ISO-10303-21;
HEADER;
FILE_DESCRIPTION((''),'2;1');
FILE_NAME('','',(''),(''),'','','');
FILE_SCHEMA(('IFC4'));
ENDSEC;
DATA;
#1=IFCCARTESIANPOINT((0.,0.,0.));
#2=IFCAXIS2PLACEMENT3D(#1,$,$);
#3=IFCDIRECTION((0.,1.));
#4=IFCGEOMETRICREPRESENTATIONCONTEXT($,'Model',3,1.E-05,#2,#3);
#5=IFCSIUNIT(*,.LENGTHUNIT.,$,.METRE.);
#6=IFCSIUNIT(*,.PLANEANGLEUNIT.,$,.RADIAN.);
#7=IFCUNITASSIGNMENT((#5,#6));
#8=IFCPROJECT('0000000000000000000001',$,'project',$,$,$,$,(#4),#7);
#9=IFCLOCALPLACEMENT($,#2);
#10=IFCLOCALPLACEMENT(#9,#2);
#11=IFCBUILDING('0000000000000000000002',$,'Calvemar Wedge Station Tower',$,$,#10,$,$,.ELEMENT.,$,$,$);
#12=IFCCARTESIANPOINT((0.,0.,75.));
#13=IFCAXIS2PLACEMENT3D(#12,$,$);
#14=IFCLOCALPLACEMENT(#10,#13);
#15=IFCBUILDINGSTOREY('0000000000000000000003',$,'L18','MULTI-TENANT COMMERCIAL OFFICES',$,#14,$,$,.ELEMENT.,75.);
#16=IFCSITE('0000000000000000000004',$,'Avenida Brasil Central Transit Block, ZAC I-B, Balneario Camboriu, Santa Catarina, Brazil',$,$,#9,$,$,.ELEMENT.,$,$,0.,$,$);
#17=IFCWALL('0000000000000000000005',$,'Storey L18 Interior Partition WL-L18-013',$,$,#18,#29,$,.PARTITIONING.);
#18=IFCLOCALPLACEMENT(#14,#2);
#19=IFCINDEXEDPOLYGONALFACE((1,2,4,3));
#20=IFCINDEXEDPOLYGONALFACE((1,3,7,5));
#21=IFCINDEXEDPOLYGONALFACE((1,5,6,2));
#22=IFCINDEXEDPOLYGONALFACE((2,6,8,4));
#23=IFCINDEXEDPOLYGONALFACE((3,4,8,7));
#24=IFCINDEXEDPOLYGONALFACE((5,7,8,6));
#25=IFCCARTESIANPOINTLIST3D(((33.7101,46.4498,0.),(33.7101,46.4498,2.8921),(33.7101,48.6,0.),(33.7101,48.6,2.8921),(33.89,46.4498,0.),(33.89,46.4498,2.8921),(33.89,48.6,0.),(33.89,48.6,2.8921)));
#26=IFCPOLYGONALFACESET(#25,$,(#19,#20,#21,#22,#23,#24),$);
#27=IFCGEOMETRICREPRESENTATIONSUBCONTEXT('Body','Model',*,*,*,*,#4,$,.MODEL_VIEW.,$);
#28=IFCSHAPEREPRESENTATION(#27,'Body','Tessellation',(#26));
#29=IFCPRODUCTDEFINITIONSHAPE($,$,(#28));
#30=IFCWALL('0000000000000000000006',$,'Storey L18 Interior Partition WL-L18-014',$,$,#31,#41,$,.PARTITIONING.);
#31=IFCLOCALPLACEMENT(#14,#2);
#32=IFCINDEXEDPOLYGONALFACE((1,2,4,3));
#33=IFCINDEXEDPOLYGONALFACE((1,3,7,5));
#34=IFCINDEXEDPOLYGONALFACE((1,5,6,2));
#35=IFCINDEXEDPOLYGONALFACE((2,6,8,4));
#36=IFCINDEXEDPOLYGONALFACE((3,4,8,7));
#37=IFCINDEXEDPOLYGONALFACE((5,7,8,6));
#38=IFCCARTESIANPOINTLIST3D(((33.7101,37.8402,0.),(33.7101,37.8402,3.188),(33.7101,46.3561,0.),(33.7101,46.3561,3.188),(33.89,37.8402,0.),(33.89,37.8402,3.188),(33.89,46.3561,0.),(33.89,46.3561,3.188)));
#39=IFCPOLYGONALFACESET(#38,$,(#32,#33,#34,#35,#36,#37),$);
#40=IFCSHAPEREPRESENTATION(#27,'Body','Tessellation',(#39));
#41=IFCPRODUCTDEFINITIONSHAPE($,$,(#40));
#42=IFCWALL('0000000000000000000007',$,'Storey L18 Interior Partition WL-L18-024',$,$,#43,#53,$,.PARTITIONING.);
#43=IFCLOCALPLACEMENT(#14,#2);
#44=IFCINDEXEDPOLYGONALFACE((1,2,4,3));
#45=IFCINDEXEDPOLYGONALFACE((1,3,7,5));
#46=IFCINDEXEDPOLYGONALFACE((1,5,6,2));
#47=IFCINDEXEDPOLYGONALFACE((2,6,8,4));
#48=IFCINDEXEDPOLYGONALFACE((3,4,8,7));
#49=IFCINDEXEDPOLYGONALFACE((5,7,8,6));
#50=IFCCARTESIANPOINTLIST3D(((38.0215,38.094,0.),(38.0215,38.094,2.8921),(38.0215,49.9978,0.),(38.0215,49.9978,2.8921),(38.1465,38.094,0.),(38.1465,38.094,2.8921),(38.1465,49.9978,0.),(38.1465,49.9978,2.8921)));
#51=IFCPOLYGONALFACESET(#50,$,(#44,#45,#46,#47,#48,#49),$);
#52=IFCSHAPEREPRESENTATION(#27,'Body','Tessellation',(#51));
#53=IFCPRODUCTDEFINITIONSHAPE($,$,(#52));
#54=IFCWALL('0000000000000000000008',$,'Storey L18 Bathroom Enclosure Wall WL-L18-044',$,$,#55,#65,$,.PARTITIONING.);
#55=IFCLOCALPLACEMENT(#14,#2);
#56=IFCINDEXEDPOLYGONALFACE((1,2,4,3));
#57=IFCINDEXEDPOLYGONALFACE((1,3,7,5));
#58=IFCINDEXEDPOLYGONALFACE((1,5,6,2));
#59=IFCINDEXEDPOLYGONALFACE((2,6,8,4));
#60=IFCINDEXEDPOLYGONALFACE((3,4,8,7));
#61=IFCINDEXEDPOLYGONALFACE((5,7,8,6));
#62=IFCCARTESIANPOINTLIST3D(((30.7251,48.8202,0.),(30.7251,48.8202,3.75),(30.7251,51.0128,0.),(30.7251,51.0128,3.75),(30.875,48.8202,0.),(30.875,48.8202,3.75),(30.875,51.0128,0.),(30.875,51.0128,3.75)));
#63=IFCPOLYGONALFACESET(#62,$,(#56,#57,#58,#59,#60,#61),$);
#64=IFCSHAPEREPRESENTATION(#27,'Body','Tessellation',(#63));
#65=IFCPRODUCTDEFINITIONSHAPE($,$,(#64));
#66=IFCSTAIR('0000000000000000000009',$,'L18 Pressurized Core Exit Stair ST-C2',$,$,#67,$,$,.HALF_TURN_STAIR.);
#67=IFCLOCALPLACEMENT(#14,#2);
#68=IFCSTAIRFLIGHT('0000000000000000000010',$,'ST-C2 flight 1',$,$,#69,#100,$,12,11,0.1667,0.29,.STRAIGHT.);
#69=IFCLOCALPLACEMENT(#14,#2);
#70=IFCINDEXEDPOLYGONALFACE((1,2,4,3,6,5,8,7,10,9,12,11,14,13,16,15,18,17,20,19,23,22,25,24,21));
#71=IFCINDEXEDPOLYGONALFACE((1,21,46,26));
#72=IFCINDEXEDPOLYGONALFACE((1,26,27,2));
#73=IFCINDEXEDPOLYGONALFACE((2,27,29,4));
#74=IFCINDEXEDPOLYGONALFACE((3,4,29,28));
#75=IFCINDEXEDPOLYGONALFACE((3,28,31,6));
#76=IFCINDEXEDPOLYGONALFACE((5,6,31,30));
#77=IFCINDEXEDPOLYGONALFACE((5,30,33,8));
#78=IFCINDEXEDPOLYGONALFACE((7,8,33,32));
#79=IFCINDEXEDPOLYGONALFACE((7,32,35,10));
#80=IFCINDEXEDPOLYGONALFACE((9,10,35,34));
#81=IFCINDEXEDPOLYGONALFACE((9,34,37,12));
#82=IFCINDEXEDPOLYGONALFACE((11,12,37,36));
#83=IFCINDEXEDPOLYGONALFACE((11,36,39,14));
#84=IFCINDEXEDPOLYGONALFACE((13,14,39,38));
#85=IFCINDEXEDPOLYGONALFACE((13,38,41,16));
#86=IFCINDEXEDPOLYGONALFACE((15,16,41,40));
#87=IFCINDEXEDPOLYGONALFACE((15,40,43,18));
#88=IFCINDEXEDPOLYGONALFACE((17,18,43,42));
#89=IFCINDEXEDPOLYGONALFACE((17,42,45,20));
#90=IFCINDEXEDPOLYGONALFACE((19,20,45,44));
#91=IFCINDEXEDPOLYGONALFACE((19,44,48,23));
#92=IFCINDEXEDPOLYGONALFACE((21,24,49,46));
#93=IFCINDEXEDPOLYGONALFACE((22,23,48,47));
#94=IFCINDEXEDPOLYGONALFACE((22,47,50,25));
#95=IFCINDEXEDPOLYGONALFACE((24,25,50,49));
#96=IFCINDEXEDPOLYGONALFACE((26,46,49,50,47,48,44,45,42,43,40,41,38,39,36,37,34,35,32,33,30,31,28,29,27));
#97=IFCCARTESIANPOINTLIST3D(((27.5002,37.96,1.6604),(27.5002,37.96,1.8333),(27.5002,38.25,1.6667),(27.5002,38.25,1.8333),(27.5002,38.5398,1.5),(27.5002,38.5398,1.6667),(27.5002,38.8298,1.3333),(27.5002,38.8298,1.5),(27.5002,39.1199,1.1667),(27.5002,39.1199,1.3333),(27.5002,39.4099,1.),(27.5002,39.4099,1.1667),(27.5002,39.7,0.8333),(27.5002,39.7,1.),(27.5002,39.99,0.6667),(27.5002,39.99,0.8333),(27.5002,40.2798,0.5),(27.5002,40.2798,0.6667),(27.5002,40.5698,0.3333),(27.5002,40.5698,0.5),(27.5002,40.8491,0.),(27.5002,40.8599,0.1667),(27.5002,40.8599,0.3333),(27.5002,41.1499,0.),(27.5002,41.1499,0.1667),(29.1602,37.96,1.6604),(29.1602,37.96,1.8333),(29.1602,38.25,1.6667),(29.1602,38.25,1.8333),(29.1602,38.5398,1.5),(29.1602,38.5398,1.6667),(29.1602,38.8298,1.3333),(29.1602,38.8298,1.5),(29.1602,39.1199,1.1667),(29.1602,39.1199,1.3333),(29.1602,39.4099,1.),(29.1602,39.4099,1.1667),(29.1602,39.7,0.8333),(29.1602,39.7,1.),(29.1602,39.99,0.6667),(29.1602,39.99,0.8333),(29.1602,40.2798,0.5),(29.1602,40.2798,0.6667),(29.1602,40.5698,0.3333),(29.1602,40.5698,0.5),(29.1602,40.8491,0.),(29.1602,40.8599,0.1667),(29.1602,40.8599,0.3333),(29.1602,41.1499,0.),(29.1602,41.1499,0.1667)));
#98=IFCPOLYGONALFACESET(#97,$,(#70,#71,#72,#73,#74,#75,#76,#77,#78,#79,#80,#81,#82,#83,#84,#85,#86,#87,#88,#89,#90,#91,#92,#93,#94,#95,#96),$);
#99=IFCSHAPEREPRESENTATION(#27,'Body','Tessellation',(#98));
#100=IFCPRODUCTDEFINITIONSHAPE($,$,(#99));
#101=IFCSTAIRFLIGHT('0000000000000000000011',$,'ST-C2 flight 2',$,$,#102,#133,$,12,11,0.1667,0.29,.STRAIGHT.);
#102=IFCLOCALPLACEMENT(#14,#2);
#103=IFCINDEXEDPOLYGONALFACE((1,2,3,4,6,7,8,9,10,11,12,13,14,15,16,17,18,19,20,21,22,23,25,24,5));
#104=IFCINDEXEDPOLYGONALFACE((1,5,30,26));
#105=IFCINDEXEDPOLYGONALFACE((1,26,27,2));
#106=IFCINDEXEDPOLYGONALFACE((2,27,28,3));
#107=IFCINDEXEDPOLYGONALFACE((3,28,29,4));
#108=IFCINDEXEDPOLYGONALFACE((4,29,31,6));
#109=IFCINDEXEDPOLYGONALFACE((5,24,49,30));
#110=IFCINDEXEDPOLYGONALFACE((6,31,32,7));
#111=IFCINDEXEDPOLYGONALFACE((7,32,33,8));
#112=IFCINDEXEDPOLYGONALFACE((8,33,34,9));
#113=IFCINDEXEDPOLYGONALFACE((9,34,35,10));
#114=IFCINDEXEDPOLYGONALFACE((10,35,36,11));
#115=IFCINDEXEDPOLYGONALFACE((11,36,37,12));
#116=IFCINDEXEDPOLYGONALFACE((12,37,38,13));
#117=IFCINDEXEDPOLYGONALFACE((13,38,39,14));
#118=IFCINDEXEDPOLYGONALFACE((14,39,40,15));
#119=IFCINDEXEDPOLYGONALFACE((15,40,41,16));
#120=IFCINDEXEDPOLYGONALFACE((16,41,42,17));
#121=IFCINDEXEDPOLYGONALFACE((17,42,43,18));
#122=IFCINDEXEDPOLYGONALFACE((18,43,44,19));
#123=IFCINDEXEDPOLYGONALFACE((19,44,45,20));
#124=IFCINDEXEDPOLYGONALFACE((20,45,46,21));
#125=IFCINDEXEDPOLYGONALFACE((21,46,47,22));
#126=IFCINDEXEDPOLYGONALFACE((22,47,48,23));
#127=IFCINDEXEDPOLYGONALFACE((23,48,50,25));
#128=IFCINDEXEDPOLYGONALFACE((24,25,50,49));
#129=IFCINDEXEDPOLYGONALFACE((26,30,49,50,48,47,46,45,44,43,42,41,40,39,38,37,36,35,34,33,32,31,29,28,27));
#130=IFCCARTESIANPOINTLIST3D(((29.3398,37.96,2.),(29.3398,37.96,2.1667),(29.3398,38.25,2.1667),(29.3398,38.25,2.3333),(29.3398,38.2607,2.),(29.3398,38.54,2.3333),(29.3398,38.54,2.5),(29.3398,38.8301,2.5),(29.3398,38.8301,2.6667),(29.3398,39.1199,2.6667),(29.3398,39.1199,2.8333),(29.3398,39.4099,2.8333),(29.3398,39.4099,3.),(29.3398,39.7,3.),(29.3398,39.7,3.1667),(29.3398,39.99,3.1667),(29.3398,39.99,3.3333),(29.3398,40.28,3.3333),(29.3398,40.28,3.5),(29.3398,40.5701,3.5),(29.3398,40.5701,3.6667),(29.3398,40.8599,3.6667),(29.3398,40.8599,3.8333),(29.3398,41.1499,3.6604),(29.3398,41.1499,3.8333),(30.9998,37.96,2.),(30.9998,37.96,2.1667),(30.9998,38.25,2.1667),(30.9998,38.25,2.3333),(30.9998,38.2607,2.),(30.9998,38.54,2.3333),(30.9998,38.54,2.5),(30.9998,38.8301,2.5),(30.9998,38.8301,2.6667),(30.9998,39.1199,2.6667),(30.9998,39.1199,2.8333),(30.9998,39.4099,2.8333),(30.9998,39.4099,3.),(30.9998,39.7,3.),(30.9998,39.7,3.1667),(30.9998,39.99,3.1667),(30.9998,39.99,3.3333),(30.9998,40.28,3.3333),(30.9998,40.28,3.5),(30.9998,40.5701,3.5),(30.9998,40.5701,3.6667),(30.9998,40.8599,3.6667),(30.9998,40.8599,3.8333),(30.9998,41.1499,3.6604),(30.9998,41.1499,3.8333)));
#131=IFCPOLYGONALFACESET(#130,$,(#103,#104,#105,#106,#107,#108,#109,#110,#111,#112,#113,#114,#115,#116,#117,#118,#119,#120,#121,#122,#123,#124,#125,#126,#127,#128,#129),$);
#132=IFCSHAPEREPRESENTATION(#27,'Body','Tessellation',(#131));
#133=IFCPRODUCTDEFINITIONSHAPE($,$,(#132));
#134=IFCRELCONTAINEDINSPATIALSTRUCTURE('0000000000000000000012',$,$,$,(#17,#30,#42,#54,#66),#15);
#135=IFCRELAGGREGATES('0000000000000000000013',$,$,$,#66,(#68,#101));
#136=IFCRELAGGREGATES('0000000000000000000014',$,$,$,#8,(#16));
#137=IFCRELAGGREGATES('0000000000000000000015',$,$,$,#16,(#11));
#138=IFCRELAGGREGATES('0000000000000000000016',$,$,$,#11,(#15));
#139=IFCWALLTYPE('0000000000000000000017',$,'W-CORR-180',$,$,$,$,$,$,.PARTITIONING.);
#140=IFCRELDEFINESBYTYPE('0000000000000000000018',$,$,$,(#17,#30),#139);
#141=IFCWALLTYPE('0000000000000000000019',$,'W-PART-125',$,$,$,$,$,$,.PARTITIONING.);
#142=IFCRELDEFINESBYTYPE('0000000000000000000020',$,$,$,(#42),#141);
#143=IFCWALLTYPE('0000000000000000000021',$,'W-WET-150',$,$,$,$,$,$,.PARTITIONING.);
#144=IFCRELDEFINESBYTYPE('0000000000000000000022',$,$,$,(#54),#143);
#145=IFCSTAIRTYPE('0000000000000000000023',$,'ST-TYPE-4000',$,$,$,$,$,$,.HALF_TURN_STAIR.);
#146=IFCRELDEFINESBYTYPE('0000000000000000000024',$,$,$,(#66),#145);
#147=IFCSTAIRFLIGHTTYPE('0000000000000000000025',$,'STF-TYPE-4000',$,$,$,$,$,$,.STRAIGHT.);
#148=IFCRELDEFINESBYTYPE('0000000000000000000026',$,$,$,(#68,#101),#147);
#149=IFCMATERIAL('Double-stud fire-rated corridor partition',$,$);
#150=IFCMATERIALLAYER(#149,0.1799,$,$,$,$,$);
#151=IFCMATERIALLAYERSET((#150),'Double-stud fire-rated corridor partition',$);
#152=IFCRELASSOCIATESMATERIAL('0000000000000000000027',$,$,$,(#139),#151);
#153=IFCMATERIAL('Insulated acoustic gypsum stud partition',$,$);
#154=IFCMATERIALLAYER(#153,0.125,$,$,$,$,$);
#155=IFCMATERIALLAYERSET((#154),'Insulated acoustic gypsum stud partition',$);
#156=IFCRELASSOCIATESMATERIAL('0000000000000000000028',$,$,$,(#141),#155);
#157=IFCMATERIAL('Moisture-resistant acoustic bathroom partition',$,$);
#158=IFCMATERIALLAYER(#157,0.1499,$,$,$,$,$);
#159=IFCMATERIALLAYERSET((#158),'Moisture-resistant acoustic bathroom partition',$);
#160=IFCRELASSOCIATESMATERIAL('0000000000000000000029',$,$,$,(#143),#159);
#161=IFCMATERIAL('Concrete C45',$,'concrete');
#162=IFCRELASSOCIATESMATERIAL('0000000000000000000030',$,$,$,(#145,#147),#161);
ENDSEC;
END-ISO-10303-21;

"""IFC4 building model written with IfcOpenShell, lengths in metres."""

from ifc_helpers import new_model, si_unit, direction, frame, frame_2d, origin, place, context, subcontext, project, spatial, polyline, rectangle, outline, extrude, material, layer, layer_set, type_object, element, aggregate, save


model = new_model("IFC4")

# Units and contexts
model_context = context("Model", 3, precision=1e-05, world=origin(), true_north=direction((0.0, 1.0)))
body_context = subcontext(model_context, "Body", "Model", "MODEL_VIEW")
ifc_project = project(units=[si_unit("LENGTHUNIT", "METRE"), si_unit("PLANEANGLEUNIT", "RADIAN")], contexts=[model_context])

# Site, building, storey
site_placement = place(None, origin())
site = spatial("IfcSite", under=ifc_project, at=site_placement, Name="Avenida Brasil Central Transit Block, ZAC I-B, Balneario Camboriu, Santa Catarina, Brazil", CompositionType="ELEMENT", RefElevation=0.0)
building_placement = place(site_placement, origin())
building = spatial("IfcBuilding", under=site, at=building_placement, Name="Calvemar Wedge Station Tower", CompositionType="ELEMENT")
storey_placement = place(building_placement, frame((0.0, 0.0, 75.0)))
storey = spatial("IfcBuildingStorey", under=building, at=storey_placement, Name="L18", Description="MULTI-TENANT COMMERCIAL OFFICES", CompositionType="ELEMENT", Elevation=75.0)

# Walls
ifc_material_1 = material(Name="Double-stud fire-rated corridor partition")
ifc_layer_1 = layer(ifc_material_1, 0.1799)
ifc_layer_set_1 = layer_set([ifc_layer_1], Name="Double-stud fire-rated corridor partition")
wall_type_1 = type_object("IfcWallType", Name="W-CORR-180", PredefinedType="PARTITIONING", material=ifc_layer_set_1)
wall_1_placement = place(storey_placement, frame((33.8, 48.6001, 0.0), z_axis=(0.0, 0.0, 1.0), x_axis=(0.0, -1.0, 0.0)))
element("IfcWall", 1, at=wall_1_placement, inside=storey, type_object=wall_type_1, Name="Storey L18 Interior Partition WL-L18-013", PredefinedType="PARTITIONING", context=body_context, shape_type="SweptSolid", body=[
    extrude(rectangle(XDim=2.1501, YDim=0.1799, at=frame_2d((1.0752, 0.0))), origin(), (0.0, 0.0, 1.0), 2.8921),
])
wall_2_placement = place(storey_placement, frame((33.8, 46.356, 0.0), z_axis=(0.0, 0.0, 1.0), x_axis=(0.0, -1.0, 0.0)))
element("IfcWall", 2, at=wall_2_placement, inside=storey, type_object=wall_type_1, Name="Storey L18 Interior Partition WL-L18-014", PredefinedType="PARTITIONING", context=body_context, shape_type="SweptSolid", body=[
    extrude(rectangle(XDim=8.5159, YDim=0.1799, at=frame_2d((4.2578, 0.0))), origin(), (0.0, 0.0, 1.0), 3.188),
])

# Walls
ifc_material_2 = material(Name="Insulated acoustic gypsum stud partition")
ifc_layer_2 = layer(ifc_material_2, 0.125)
ifc_layer_set_2 = layer_set([ifc_layer_2], Name="Insulated acoustic gypsum stud partition")
wall_type_2 = type_object("IfcWallType", Name="W-PART-125", PredefinedType="PARTITIONING", material=ifc_layer_set_2)
wall_3_placement = place(storey_placement, frame((38.084, 49.9978, 0.0), z_axis=(0.0, 0.0, 1.0), x_axis=(0.0, -1.0, 0.0)))
element("IfcWall", 3, at=wall_3_placement, inside=storey, type_object=wall_type_2, Name="Storey L18 Interior Partition WL-L18-024", PredefinedType="PARTITIONING", context=body_context, shape_type="SweptSolid", body=[
    extrude(rectangle(XDim=11.9038, YDim=0.125, at=frame_2d((5.9519, 0.0))), origin(), (0.0, 0.0, 1.0), 2.8921),
])
ifc_material_3 = material(Name="Moisture-resistant acoustic bathroom partition")
ifc_layer_3 = layer(ifc_material_3, 0.1499)
ifc_layer_set_3 = layer_set([ifc_layer_3], Name="Moisture-resistant acoustic bathroom partition")
wall_type_3 = type_object("IfcWallType", Name="W-WET-150", PredefinedType="PARTITIONING", material=ifc_layer_set_3)
wall_4_placement = place(storey_placement, frame((30.8, 51.0127, 0.0), z_axis=(0.0, 0.0, 1.0), x_axis=(0.0, -1.0, 0.0)))
element("IfcWall", 4, at=wall_4_placement, inside=storey, type_object=wall_type_3, Name="Storey L18 Bathroom Enclosure Wall WL-L18-044", PredefinedType="PARTITIONING", context=body_context, shape_type="SweptSolid", body=[
    extrude(rectangle(XDim=2.1926, YDim=0.1499, at=frame_2d((1.0962, 0.0))), origin(), (0.0, 0.0, 1.0), 3.75),
])

# Stair, stair flights
ifc_material_4 = material(Name="Concrete C45", Category="concrete")
stair_type = type_object("IfcStairType", Name="ST-TYPE-4000", PredefinedType="HALF_TURN_STAIR", material=ifc_material_4)
stair_placement = place(storey_placement, origin())
stair = element("IfcStair", 5, at=stair_placement, inside=storey, type_object=stair_type, Name="L18 Pressurized Core Exit Stair ST-C2", PredefinedType="HALF_TURN_STAIR")
stair_flight_type = type_object("IfcStairFlightType", Name="STF-TYPE-4000", PredefinedType="STRAIGHT", material=ifc_material_4)
stair_flight_1_placement = place(storey_placement, frame((28.3301, 41.1499, 0.0), z_axis=(0.0, 0.0, 1.0), x_axis=(0.0, -1.0, 0.0)))
stair_flight_1 = element("IfcStairFlight", 6, at=stair_flight_1_placement, type_object=stair_flight_type, Name="ST-C2 flight 1", NumberOfRisers=12, NumberOfTreads=11, PredefinedType="STRAIGHT", RiserHeight=0.1667, TreadLength=0.29, context=body_context, shape_type="SweptSolid", body=[
    extrude(outline(polyline([(0.0, 0.0), (0.0, 0.1667), (0.29, 0.1667), (0.29, 0.3333), (0.5801, 0.3333), (0.5801, 0.5), (0.8701, 0.5), (0.8701, 0.6667), (1.1599, 0.6667), (1.1599, 0.8333), (1.45, 0.8333), (1.45, 1.0), (1.74, 1.0), (1.74, 1.1667), (2.03, 1.1667), (2.03, 1.3333), (2.3201, 1.3333), (2.3201, 1.5), (2.6101, 1.5), (2.6101, 1.6667), (2.8999, 1.6667), (2.8999, 1.8333), (3.1899, 1.8333), (3.1899, 2.0), (3.1899, 1.6604), (0.3008, 0.0), (0.0, 0.0)])), frame((0.0, 0.8301, 0.0), z_axis=(0.0, -1.0, 0.0), x_axis=(1.0, 0.0, 0.0)), (0.0, 0.0, 1.0), 1.6599),
])
stair_flight_2_placement = place(storey_placement, frame((30.1699, 37.96, 2.0), z_axis=(0.0, 0.0, 1.0), x_axis=(0.0, 1.0, 0.0)))
stair_flight_2 = element("IfcStairFlight", 7, at=stair_flight_2_placement, type_object=stair_flight_type, Name="ST-C2 flight 2", NumberOfRisers=12, NumberOfTreads=11, PredefinedType="STRAIGHT", RiserHeight=0.1667, TreadLength=0.29, context=body_context, shape_type="SweptSolid", body=[
    extrude(outline(polyline([(0.0, 0.0), (0.0, 0.1667), (0.29, 0.1667), (0.29, 0.3333), (0.5801, 0.3333), (0.5801, 0.5), (0.8701, 0.5), (0.8701, 0.6667), (1.1599, 0.6667), (1.1599, 0.8333), (1.45, 0.8333), (1.45, 1.0), (1.74, 1.0), (1.74, 1.1667), (2.03, 1.1667), (2.03, 1.3333), (2.3201, 1.3333), (2.3201, 1.5), (2.6101, 1.5), (2.6101, 1.6667), (2.8999, 1.6667), (2.8999, 1.8333), (3.1899, 1.8333), (3.1899, 2.0), (3.1899, 1.6604), (0.3008, 0.0), (0.0, 0.0)])), frame((0.0, 0.8301, 0.0), z_axis=(0.0, -1.0, 0.0), x_axis=(1.0, 0.0, 0.0)), (0.0, 0.0, 1.0), 1.6599),
])
aggregate(stair, [stair_flight_1, stair_flight_2])

save(model, "model.ifc")
